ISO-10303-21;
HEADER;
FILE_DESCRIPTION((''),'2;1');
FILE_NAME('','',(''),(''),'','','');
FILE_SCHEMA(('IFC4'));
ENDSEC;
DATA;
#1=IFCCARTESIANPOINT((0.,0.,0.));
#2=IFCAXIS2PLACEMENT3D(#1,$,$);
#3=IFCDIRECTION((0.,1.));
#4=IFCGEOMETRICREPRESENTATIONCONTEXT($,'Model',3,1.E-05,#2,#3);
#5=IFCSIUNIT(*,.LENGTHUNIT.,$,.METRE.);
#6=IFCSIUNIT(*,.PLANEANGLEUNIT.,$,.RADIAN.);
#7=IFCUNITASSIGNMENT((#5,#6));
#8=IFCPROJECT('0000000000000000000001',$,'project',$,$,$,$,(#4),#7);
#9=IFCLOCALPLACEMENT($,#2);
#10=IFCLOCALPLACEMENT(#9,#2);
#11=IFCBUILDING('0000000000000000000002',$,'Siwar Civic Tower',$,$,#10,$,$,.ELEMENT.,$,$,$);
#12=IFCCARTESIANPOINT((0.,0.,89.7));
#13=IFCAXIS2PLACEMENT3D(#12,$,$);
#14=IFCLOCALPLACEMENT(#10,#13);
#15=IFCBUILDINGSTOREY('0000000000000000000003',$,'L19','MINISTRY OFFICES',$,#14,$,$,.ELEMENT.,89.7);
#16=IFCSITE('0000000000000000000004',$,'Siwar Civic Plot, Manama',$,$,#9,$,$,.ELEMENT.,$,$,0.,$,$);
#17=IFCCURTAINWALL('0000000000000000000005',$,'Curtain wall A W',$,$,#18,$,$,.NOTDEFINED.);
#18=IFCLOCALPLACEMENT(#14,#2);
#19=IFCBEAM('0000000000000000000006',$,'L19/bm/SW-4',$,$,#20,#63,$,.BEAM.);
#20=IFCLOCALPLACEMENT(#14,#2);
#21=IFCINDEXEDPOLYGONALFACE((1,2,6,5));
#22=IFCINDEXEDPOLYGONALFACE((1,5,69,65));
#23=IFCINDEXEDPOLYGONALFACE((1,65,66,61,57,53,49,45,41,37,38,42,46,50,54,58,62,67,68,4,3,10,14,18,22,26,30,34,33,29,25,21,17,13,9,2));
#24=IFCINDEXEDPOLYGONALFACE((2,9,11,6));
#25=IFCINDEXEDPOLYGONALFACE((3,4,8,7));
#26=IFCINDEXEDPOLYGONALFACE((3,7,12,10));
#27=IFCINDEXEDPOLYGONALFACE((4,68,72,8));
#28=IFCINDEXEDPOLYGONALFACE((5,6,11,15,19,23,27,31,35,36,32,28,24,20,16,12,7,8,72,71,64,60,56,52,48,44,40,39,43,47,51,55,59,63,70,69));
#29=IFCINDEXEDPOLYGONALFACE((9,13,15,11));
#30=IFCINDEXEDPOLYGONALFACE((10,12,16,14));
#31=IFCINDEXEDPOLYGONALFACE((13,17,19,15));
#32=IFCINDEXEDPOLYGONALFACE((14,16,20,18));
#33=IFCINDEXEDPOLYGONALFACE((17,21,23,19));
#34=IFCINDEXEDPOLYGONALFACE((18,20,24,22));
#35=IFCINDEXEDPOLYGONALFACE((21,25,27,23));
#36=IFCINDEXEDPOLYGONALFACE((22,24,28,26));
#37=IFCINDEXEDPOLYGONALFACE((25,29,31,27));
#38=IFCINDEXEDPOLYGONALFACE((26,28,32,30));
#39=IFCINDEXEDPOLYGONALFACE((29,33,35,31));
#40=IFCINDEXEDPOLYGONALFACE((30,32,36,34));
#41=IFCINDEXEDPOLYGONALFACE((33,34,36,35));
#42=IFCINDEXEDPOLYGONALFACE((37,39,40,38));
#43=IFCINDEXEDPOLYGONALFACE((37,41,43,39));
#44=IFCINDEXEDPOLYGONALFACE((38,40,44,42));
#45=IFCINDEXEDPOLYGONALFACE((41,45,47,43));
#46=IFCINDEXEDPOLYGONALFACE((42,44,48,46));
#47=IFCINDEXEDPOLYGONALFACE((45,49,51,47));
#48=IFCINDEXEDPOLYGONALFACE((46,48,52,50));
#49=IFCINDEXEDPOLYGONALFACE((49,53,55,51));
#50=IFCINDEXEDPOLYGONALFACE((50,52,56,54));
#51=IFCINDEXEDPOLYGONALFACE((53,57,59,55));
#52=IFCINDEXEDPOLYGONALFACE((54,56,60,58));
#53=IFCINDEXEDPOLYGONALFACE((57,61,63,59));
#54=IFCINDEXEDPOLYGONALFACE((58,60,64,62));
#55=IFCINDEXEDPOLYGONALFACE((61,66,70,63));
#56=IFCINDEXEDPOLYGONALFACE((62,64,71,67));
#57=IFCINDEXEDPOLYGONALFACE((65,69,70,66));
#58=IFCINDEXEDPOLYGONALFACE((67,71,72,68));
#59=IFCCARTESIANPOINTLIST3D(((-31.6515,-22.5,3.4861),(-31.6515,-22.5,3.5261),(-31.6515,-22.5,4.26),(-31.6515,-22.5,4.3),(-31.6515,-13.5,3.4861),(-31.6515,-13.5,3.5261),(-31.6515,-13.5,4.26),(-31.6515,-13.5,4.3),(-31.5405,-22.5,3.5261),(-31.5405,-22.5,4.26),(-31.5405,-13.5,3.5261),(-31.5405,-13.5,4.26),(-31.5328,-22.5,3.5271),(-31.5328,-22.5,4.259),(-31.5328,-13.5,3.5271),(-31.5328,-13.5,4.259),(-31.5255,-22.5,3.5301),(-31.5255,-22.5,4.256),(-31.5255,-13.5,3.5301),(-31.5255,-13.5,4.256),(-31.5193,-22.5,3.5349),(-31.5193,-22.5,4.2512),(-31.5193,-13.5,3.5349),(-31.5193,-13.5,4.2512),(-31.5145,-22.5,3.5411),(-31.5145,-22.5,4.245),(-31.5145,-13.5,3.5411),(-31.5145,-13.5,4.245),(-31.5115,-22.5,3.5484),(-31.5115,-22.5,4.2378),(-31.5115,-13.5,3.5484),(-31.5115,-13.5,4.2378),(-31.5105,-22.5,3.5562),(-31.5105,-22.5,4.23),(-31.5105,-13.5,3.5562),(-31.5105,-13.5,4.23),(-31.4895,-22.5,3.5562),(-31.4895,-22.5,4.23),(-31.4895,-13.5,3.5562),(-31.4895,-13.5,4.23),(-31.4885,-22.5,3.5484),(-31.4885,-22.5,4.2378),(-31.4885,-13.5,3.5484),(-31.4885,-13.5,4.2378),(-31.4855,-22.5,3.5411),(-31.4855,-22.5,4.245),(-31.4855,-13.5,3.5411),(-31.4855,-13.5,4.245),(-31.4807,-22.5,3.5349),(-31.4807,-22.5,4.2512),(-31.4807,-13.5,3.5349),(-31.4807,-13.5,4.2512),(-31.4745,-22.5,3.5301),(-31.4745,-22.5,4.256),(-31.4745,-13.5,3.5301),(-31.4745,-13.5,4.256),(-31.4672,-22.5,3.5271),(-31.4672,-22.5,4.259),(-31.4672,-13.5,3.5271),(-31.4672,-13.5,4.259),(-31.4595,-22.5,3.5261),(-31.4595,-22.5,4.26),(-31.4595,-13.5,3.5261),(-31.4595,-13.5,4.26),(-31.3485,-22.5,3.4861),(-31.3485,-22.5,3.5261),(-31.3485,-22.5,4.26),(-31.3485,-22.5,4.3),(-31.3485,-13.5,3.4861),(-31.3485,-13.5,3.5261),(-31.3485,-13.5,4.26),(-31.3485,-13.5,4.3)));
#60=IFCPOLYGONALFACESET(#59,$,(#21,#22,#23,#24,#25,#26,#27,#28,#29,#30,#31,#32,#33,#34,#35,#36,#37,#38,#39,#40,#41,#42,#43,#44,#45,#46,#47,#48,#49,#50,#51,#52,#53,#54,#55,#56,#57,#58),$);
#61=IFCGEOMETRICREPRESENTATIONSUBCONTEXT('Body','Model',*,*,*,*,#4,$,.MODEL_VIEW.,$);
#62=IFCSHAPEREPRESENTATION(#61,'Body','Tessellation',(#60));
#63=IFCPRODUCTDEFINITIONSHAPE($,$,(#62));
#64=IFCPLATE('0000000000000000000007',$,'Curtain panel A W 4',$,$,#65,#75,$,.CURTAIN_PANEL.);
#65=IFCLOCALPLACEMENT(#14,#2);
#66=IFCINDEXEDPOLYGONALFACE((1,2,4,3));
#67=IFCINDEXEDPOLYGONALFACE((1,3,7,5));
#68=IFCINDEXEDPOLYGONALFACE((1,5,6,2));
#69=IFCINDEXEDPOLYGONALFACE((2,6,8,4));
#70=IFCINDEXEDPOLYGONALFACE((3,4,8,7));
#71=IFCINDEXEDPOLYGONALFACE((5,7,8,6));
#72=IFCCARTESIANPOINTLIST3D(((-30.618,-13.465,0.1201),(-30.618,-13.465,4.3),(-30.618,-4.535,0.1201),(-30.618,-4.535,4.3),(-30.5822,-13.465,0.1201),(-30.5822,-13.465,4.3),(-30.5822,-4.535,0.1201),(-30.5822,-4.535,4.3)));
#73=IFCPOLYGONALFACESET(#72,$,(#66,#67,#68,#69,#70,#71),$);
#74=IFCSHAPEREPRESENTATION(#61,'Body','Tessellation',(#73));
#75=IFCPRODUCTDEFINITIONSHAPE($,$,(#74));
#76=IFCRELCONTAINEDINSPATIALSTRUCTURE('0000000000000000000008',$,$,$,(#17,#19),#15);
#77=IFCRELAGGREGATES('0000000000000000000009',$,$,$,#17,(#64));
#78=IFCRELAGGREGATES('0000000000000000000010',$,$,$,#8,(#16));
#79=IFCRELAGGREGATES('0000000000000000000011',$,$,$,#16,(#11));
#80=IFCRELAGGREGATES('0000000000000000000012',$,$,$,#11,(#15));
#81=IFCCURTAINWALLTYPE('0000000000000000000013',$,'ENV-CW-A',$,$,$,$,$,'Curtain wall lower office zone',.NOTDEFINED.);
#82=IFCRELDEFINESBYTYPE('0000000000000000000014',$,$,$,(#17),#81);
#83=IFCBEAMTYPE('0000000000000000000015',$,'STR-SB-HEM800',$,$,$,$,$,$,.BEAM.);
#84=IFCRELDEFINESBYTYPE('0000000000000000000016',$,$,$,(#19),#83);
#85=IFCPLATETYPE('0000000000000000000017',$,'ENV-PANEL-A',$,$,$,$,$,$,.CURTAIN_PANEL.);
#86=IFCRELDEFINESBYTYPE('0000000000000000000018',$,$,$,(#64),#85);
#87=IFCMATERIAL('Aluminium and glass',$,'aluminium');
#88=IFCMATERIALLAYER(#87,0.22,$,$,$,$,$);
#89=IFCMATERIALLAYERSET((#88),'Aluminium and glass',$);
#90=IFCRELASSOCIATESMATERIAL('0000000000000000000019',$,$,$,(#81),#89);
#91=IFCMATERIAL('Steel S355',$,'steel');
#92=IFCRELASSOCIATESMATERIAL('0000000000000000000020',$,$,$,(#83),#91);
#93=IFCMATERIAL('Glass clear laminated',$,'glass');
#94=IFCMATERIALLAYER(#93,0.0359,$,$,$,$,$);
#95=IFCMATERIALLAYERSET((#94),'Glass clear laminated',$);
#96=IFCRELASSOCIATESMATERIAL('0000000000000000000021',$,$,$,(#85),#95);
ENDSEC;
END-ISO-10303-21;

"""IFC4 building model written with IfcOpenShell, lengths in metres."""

from ifc_helpers import new_model, si_unit, direction, frame, origin, origin_2d, place, context, subcontext, project, spatial, rectangle, i_section, extrude, material, layer, layer_set, material_profile, profile_set, type_object, element, aggregate, save


model = new_model("IFC4")

# Units and contexts
model_context = context("Model", 3, precision=1e-05, world=origin(), true_north=direction((0.0, 1.0)))
body_context = subcontext(model_context, "Body", "Model", "MODEL_VIEW")
ifc_project = project(units=[si_unit("LENGTHUNIT", "METRE"), si_unit("PLANEANGLEUNIT", "RADIAN")], contexts=[model_context])

# Site, building, storey
site_placement = place(None, origin())
site = spatial("IfcSite", under=ifc_project, at=site_placement, Name="Siwar Civic Plot, Manama", CompositionType="ELEMENT", RefElevation=0.0)
building_placement = place(site_placement, origin())
building = spatial("IfcBuilding", under=site, at=building_placement, Name="Siwar Civic Tower", CompositionType="ELEMENT")
storey_placement = place(building_placement, frame((0.0, 0.0, 89.7)))
storey = spatial("IfcBuildingStorey", under=building, at=storey_placement, Name="L19", Description="MINISTRY OFFICES", CompositionType="ELEMENT", Elevation=89.7)

# Curtain wall
ifc_material_1 = material(Name="Aluminium and glass", Category="aluminium")
ifc_layer_1 = layer(ifc_material_1, 0.22)
ifc_layer_set_1 = layer_set([ifc_layer_1], Name="Aluminium and glass")
curtain_wall_type = type_object("IfcCurtainWallType", Name="ENV-CW-A", ElementType="Curtain wall lower office zone", PredefinedType="NOTDEFINED", material=ifc_layer_set_1)
curtain_wall_placement = place(storey_placement, origin())
curtain_wall = element("IfcCurtainWall", 1, at=curtain_wall_placement, inside=storey, type_object=curtain_wall_type, Name="Curtain wall A W", PredefinedType="NOTDEFINED")

# Beam
ifc_material_2 = material(Name="Steel S355", Category="steel")
ifc_material_profile_1 = material_profile(ifc_material_2, i_section(OverallWidth=0.303, OverallDepth=0.814, WebThickness=0.021, FlangeThickness=0.04, FilletRadius=0.03, at=origin_2d()), Name="HEM800")
ifc_profile_set_1 = profile_set([ifc_material_profile_1], Name="Steel S355")
beam_type_1 = type_object("IfcBeamType", Name="STR-SB-HEM800", PredefinedType="BEAM", material=ifc_profile_set_1)
beam_1_placement = place(storey_placement, frame((-31.5, -13.5, 3.8931), z_axis=(0.0, -1.0, 0.0), x_axis=(1.0, 0.0, 0.0)))
element("IfcBeam", 2, at=beam_1_placement, inside=storey, type_object=beam_type_1, Name="L19/bm/SW-4", PredefinedType="BEAM", context=body_context, shape_type="SweptSolid", body=[
    extrude(i_section(OverallWidth=0.303, OverallDepth=0.814, WebThickness=0.021, FlangeThickness=0.04, FilletRadius=0.03, at=origin_2d()), origin(), (0.0, 0.0, 1.0), 9.0),
])

# Plate
ifc_material_3 = material(Name="Glass clear laminated", Category="glass")
ifc_layer_2 = layer(ifc_material_3, 0.0359)
ifc_layer_set_2 = layer_set([ifc_layer_2], Name="Glass clear laminated")
plate_type = type_object("IfcPlateType", Name="ENV-PANEL-A", PredefinedType="CURTAIN_PANEL", material=ifc_layer_set_2)
plate_placement = place(storey_placement, frame((-30.6001, -9.0, 0.1201), z_axis=(0.0, 0.0, 1.0), x_axis=(0.0, -1.0, 0.0)))
plate = element("IfcPlate", 3, at=plate_placement, type_object=plate_type, Name="Curtain panel A W 4", PredefinedType="CURTAIN_PANEL", context=body_context, shape_type="SweptSolid", body=[
    extrude(rectangle(XDim=8.9299, YDim=0.0359, at=origin_2d()), origin(), (0.0, 0.0, 1.0), 4.1799),
])
aggregate(curtain_wall, [plate])

save(model, "model.ifc")
